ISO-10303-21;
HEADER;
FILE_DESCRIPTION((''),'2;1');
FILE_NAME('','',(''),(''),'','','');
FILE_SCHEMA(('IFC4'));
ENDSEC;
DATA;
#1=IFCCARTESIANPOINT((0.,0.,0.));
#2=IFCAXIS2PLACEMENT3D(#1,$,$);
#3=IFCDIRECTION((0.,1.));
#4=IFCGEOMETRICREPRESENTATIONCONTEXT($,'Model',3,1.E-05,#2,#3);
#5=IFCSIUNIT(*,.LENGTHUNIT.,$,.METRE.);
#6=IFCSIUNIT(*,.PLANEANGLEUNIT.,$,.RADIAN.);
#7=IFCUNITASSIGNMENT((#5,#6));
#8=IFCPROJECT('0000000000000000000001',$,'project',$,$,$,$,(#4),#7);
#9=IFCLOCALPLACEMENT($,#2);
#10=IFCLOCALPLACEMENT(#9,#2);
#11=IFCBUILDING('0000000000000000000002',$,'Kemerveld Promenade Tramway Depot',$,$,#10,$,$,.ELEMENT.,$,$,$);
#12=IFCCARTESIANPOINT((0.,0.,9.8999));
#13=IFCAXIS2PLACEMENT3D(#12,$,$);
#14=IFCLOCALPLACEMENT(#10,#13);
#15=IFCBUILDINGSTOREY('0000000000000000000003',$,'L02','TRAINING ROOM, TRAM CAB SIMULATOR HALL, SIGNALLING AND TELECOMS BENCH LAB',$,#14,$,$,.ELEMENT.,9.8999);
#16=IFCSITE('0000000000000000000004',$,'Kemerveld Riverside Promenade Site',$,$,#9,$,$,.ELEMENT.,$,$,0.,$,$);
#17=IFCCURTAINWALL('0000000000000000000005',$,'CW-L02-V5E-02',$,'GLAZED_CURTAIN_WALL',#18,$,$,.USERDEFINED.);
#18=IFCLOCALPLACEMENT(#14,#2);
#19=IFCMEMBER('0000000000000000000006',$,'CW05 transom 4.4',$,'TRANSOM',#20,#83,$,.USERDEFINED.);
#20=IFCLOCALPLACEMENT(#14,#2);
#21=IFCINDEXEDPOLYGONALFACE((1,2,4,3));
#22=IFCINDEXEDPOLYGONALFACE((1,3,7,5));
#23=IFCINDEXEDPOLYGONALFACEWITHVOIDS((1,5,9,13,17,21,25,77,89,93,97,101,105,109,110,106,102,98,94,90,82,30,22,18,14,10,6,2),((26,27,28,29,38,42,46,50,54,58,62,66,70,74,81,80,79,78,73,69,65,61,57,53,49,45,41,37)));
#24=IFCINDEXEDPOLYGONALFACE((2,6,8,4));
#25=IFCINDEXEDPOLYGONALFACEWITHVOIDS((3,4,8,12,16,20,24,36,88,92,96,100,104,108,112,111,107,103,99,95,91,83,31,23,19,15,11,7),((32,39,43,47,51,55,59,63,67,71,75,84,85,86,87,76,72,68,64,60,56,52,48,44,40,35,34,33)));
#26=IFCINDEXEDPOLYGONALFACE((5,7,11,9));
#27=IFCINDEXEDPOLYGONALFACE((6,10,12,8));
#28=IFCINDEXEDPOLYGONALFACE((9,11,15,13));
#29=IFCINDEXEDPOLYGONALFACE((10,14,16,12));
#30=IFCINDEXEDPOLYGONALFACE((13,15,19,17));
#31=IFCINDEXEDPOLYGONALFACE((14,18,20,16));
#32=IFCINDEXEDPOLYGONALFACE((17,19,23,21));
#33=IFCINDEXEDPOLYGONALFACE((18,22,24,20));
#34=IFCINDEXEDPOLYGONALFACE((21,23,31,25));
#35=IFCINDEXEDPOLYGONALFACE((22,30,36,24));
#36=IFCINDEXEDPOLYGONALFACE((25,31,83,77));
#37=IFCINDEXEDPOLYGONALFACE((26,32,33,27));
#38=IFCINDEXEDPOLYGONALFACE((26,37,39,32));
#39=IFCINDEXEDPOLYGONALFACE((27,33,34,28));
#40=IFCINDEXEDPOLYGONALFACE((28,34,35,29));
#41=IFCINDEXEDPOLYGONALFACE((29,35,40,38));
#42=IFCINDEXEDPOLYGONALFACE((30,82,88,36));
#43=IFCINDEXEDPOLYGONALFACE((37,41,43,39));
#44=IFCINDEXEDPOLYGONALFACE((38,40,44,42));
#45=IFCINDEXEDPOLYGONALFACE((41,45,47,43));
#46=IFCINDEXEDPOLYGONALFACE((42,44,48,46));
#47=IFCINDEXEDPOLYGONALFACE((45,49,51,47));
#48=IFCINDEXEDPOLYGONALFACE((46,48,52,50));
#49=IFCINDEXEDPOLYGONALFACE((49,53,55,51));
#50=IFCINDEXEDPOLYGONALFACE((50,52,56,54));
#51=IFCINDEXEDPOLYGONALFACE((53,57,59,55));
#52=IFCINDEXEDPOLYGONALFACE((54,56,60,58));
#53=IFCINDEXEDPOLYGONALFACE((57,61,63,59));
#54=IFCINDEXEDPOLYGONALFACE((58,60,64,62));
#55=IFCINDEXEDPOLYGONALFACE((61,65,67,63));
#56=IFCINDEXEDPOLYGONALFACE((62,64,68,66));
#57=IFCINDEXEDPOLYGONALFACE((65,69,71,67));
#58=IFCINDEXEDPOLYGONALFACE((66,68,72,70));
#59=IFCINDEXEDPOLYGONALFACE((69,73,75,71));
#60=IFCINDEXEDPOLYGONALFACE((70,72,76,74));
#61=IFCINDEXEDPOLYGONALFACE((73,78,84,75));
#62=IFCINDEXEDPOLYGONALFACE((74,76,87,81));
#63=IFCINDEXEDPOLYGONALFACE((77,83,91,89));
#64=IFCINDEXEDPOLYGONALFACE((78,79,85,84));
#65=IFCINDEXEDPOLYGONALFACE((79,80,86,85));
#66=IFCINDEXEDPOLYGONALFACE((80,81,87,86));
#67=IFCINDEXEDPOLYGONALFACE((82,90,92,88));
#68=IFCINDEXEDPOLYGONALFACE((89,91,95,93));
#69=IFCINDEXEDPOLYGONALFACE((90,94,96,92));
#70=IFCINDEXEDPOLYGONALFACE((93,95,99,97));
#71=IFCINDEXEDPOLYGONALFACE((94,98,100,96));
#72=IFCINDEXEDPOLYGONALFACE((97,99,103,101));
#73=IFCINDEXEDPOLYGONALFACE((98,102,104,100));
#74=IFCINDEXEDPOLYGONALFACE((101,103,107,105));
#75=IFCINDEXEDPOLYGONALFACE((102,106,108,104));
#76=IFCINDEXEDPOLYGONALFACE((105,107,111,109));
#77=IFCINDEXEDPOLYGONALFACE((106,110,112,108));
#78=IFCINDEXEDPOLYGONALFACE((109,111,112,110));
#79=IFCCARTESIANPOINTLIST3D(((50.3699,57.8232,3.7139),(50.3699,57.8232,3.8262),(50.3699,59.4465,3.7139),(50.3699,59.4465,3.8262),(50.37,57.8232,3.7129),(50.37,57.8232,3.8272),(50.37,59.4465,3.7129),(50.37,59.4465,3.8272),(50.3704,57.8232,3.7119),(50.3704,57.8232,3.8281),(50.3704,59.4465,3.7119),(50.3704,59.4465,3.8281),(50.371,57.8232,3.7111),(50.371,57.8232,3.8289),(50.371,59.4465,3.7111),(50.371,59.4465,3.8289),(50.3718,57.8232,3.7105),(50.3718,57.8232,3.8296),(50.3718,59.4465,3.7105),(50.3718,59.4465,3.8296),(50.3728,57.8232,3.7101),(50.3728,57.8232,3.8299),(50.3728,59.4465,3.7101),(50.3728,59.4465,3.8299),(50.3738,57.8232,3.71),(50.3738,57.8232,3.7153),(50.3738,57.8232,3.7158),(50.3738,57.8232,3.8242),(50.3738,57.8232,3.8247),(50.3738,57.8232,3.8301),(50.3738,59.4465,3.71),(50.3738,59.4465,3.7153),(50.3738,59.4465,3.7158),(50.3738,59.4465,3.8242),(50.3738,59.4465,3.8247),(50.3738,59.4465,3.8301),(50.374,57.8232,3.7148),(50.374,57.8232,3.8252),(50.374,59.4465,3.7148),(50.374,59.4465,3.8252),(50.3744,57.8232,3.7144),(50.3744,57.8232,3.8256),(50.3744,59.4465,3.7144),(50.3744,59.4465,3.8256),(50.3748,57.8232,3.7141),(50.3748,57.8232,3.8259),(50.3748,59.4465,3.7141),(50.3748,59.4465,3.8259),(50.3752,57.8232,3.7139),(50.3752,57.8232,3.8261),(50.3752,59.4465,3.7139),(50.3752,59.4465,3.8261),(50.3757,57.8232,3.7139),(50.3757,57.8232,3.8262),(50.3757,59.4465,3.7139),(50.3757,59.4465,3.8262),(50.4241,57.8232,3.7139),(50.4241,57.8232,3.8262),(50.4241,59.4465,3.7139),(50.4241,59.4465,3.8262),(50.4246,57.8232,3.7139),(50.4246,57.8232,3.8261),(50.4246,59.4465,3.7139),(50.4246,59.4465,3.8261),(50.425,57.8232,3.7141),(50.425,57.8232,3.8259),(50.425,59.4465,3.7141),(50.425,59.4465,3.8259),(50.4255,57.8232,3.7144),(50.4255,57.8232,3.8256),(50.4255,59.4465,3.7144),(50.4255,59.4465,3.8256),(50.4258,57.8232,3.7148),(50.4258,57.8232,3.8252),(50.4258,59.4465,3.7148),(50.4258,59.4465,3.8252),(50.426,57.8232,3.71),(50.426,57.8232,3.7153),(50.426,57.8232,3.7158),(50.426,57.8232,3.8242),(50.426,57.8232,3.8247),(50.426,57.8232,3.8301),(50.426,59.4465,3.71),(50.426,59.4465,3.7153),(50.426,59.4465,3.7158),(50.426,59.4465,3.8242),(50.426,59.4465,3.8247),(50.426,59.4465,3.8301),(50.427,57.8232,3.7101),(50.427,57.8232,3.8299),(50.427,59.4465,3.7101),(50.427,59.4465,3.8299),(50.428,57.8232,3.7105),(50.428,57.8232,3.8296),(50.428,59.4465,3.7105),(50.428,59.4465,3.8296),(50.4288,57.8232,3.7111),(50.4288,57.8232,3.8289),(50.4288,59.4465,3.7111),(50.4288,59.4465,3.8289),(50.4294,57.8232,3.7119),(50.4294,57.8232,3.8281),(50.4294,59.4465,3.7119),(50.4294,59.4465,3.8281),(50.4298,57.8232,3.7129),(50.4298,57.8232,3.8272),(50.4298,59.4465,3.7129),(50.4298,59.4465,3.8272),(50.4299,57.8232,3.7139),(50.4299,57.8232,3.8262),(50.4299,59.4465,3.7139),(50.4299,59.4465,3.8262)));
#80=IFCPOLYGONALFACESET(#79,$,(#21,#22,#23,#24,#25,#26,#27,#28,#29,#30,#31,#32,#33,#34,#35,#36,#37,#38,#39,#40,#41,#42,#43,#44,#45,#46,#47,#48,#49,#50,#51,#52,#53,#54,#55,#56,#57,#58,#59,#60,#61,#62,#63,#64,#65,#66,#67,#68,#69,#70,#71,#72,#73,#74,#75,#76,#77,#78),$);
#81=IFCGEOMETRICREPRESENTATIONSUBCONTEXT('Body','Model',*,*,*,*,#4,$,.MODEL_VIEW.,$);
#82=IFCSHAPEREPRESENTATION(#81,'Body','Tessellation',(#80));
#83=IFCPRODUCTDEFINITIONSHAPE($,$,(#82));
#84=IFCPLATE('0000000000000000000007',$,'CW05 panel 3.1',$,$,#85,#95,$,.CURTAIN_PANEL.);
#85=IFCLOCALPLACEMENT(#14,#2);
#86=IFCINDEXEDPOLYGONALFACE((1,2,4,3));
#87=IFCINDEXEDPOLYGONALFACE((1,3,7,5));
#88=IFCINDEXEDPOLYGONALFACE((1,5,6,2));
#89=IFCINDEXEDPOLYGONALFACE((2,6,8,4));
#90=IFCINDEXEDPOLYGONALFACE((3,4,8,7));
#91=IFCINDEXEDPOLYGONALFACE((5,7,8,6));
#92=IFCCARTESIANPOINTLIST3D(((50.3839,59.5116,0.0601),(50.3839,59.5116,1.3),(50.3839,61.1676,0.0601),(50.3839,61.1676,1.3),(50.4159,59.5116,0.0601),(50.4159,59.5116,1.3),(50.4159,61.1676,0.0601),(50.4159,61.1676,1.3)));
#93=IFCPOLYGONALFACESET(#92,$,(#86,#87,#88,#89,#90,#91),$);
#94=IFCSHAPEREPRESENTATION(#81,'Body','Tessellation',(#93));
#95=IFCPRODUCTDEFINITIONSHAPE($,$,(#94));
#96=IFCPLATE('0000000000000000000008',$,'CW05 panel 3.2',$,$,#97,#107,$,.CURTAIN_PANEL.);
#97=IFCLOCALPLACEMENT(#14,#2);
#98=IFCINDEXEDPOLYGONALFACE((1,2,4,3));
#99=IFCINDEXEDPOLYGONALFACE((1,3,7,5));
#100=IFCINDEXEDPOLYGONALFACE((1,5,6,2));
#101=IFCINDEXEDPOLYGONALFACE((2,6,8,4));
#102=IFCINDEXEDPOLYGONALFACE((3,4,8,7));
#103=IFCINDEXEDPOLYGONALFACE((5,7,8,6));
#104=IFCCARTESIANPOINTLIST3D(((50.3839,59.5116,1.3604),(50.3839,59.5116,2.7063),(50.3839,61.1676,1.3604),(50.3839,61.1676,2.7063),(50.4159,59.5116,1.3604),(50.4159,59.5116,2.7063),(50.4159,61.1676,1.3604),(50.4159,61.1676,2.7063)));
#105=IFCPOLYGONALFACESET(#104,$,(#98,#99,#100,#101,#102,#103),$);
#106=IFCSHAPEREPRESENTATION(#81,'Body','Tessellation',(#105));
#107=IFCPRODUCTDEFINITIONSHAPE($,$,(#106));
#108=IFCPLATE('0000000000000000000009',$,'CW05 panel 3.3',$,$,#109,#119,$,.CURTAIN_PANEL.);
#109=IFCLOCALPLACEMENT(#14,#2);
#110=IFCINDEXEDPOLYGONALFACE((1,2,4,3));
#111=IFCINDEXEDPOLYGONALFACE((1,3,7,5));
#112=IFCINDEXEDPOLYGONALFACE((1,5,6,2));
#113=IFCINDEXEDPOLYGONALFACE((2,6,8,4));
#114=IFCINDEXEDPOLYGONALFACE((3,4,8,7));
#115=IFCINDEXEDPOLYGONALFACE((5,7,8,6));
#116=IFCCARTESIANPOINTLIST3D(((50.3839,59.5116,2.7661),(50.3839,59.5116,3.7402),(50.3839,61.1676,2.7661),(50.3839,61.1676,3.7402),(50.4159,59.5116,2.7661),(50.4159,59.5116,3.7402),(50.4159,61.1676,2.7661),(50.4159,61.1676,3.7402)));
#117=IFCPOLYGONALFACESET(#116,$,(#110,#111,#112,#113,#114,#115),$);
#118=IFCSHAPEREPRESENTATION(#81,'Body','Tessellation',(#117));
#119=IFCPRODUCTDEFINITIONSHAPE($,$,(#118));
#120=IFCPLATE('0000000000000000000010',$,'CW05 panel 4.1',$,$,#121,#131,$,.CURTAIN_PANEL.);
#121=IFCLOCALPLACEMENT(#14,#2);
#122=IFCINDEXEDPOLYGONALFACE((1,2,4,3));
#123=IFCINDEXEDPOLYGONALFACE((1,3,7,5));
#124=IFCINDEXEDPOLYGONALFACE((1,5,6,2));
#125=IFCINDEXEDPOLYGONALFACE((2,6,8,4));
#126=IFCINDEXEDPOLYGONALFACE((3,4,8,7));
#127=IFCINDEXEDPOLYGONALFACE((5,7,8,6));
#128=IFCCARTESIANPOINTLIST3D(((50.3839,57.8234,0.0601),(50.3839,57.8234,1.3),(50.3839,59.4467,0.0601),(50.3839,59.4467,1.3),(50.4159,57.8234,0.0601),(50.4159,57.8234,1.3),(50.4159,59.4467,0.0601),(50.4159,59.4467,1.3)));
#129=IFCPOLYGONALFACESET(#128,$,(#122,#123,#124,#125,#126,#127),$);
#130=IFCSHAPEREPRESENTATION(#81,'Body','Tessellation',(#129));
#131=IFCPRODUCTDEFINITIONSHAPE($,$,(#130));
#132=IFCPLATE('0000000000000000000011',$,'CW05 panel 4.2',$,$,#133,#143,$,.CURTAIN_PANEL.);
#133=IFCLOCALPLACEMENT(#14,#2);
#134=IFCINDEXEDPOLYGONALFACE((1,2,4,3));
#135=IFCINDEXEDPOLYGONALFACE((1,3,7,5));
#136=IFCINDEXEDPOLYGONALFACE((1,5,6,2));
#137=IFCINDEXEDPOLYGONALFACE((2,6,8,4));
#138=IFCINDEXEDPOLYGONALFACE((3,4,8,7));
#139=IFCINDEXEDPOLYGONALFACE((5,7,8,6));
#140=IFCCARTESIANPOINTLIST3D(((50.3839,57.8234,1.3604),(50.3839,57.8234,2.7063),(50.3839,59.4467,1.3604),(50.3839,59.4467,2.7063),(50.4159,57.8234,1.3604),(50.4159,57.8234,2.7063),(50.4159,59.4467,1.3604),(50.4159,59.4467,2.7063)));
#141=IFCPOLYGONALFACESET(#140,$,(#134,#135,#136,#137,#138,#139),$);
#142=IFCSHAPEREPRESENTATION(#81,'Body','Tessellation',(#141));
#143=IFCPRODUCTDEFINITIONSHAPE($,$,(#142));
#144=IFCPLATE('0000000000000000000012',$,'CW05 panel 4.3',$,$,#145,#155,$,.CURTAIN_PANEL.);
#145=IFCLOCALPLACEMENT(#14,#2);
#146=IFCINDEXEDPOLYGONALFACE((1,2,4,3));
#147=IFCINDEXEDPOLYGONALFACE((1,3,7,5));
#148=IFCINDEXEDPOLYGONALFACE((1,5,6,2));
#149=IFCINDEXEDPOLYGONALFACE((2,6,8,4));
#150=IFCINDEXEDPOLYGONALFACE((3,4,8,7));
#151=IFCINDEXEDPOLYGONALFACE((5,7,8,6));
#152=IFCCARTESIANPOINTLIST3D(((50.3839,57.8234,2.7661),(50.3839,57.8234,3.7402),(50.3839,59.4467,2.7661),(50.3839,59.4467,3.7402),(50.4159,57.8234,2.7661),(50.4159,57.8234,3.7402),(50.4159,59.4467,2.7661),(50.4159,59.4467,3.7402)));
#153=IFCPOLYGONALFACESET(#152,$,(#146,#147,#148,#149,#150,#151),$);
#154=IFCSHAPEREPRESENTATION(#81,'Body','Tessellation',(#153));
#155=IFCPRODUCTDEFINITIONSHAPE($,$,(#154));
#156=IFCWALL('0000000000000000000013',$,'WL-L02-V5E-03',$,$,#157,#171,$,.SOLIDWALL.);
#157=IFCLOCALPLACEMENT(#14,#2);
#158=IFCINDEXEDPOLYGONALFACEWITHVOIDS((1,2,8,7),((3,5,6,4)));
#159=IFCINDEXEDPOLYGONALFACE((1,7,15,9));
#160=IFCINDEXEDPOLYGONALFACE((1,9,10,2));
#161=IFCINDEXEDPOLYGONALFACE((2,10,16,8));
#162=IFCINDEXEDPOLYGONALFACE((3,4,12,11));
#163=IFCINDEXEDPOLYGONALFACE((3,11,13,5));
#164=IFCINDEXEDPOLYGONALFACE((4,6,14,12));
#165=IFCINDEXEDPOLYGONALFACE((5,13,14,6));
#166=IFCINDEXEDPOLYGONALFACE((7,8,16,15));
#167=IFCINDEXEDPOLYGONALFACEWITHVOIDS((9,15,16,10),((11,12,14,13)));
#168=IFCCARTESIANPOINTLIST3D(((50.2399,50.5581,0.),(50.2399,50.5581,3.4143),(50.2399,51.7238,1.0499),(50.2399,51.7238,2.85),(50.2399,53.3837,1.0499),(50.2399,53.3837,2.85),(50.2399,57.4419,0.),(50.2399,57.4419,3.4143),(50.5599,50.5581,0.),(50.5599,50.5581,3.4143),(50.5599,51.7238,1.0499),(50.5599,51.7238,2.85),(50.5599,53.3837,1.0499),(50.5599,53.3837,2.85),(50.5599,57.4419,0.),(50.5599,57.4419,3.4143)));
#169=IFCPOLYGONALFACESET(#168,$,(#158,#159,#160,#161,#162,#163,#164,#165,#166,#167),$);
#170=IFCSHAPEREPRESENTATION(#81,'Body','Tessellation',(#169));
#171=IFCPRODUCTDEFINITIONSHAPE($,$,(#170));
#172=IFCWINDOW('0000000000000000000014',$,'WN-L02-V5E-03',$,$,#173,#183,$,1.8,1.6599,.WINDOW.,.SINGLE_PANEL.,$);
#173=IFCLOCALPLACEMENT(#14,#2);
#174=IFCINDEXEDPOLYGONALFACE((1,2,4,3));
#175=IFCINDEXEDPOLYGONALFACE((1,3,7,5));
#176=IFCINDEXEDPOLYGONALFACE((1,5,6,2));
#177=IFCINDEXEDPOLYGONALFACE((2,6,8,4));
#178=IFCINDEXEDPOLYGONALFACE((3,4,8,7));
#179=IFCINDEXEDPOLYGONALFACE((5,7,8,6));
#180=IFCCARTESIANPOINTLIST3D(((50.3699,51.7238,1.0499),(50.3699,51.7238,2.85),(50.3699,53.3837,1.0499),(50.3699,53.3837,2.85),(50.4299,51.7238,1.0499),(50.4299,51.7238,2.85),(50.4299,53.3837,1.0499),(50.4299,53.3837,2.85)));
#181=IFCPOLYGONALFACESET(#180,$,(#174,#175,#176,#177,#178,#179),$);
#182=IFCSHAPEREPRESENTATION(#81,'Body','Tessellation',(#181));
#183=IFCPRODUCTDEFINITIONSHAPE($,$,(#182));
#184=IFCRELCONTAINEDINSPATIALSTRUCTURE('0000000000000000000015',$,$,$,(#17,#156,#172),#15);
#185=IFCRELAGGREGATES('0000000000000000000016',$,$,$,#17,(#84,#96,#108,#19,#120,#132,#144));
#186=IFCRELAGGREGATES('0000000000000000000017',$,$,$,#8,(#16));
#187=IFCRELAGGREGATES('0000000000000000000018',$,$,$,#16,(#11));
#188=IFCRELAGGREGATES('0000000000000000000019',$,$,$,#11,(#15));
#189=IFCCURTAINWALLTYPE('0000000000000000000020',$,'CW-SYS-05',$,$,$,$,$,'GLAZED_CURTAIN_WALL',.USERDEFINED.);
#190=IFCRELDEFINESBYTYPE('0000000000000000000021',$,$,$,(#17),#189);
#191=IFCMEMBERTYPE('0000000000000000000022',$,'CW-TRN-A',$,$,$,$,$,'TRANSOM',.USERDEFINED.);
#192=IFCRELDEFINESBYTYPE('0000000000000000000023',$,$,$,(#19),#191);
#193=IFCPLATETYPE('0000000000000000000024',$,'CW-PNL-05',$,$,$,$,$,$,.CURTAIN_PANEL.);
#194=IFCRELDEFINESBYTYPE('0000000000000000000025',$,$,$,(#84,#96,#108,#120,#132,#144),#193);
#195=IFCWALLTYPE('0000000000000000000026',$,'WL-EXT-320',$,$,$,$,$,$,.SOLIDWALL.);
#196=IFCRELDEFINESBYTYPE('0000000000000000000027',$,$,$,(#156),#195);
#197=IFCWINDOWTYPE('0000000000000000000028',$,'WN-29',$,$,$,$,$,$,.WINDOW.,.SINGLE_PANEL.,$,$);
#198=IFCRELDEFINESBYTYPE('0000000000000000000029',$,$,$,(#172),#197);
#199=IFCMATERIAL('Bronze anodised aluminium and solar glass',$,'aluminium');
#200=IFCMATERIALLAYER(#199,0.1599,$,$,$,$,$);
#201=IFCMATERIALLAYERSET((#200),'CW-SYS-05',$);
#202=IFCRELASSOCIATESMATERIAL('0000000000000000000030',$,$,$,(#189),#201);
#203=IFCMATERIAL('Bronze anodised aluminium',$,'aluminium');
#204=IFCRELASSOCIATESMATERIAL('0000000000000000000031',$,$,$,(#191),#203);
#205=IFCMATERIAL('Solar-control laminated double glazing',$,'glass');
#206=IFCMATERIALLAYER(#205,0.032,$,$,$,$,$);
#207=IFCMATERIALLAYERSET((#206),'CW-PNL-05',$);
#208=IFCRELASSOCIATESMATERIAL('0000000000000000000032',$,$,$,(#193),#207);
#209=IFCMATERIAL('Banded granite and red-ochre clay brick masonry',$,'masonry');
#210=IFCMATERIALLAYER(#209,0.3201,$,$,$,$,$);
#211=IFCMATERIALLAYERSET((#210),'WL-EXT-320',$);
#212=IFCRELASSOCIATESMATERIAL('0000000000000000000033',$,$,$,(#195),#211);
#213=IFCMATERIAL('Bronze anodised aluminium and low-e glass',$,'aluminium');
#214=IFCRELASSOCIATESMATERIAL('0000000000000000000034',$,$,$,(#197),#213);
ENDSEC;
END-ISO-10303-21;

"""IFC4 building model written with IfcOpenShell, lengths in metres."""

from ifc_helpers import new_model, si_unit, direction, frame, frame_2d, origin, origin_2d, place, context, subcontext, project, spatial, rectangle, hollow_rectangle, extrude, material, layer, layer_set, material_profile, profile_set, type_object, element, fill, aggregate, save


model = new_model("IFC4")

# Units and contexts
model_context = context("Model", 3, precision=1e-05, world=origin(), true_north=direction((0.0, 1.0)))
body_context = subcontext(model_context, "Body", "Model", "MODEL_VIEW")
ifc_project = project(units=[si_unit("LENGTHUNIT", "METRE"), si_unit("PLANEANGLEUNIT", "RADIAN")], contexts=[model_context])

# Site, building, storey
site_placement = place(None, origin())
site = spatial("IfcSite", under=ifc_project, at=site_placement, Name="Kemerveld Riverside Promenade Site", CompositionType="ELEMENT", RefElevation=0.0)
building_placement = place(site_placement, origin())
building = spatial("IfcBuilding", under=site, at=building_placement, Name="Kemerveld Promenade Tramway Depot", CompositionType="ELEMENT")
storey_placement = place(building_placement, frame((0.0, 0.0, 9.8999)))
storey = spatial("IfcBuildingStorey", under=building, at=storey_placement, Name="L02", Description="TRAINING ROOM, TRAM CAB SIMULATOR HALL, SIGNALLING AND TELECOMS BENCH LAB", CompositionType="ELEMENT", Elevation=9.8999)

# Curtain wall, member, plates
ifc_material_1 = material(Name="Bronze anodised aluminium and solar glass", Category="aluminium")
ifc_layer_1 = layer(ifc_material_1, 0.1599)
ifc_layer_set_1 = layer_set([ifc_layer_1], Name="CW-SYS-05")
curtain_wall_type = type_object("IfcCurtainWallType", Name="CW-SYS-05", ElementType="GLAZED_CURTAIN_WALL", PredefinedType="USERDEFINED", material=ifc_layer_set_1)
curtain_wall_placement = place(storey_placement, origin())
curtain_wall = element("IfcCurtainWall", 1, at=curtain_wall_placement, inside=storey, type_object=curtain_wall_type, Name="CW-L02-V5E-02", ObjectType="GLAZED_CURTAIN_WALL", PredefinedType="USERDEFINED")
ifc_material_2 = material(Name="Bronze anodised aluminium", Category="aluminium")
ifc_material_profile_1 = material_profile(ifc_material_2, hollow_rectangle(XDim=0.0601, YDim=0.1201, WallThickness=0.0039, InnerFilletRadius=0.002, OuterFilletRadius=0.0039, at=origin_2d()), Name="CW-TRN-120x60")
ifc_profile_set_1 = profile_set([ifc_material_profile_1], Name="Bronze anodised aluminium")
member_type_1 = type_object("IfcMemberType", Name="CW-TRN-A", ElementType="TRANSOM", PredefinedType="USERDEFINED", material=ifc_profile_set_1)
member_1_placement = place(storey_placement, frame((50.3999, 59.4465, 3.77), z_axis=(0.0, -1.0, 0.0), x_axis=(1.0, 0.0, 0.0)))
member_1 = element("IfcMember", 2, at=member_1_placement, type_object=member_type_1, Name="CW05 transom 4.4", ObjectType="TRANSOM", PredefinedType="USERDEFINED", context=body_context, shape_type="SweptSolid", body=[
    extrude(hollow_rectangle(XDim=0.0601, YDim=0.1201, WallThickness=0.0039, InnerFilletRadius=0.002, OuterFilletRadius=0.0039, at=origin_2d()), origin(), (0.0, 0.0, 1.0), 1.6233),
])
ifc_material_3 = material(Name="Solar-control laminated double glazing", Category="glass")
ifc_layer_2 = layer(ifc_material_3, 0.032)
ifc_layer_set_2 = layer_set([ifc_layer_2], Name="CW-PNL-05")
plate_type = type_object("IfcPlateType", Name="CW-PNL-05", PredefinedType="CURTAIN_PANEL", material=ifc_layer_set_2)
plate_1_placement = place(storey_placement, frame((50.3999, 60.3396, 0.0601), z_axis=(0.0, 0.0, 1.0), x_axis=(0.0, -1.0, 0.0)))
plate_1 = element("IfcPlate", 3, at=plate_1_placement, type_object=plate_type, Name="CW05 panel 3.1", PredefinedType="CURTAIN_PANEL", context=body_context, shape_type="SweptSolid", body=[
    extrude(rectangle(XDim=1.656, YDim=0.032, at=origin_2d()), origin(), (0.0, 0.0, 1.0), 1.24),
])
plate_2_placement = place(storey_placement, frame((50.3999, 60.3396, 1.3604), z_axis=(0.0, 0.0, 1.0), x_axis=(0.0, -1.0, 0.0)))
plate_2 = element("IfcPlate", 4, at=plate_2_placement, type_object=plate_type, Name="CW05 panel 3.2", PredefinedType="CURTAIN_PANEL", context=body_context, shape_type="SweptSolid", body=[
    extrude(rectangle(XDim=1.656, YDim=0.032, at=origin_2d()), origin(), (0.0, 0.0, 1.0), 1.3459),
])
plate_3_placement = place(storey_placement, frame((50.3999, 60.3396, 2.7661), z_axis=(0.0, 0.0, 1.0), x_axis=(0.0, -1.0, 0.0)))
plate_3 = element("IfcPlate", 5, at=plate_3_placement, type_object=plate_type, Name="CW05 panel 3.3", PredefinedType="CURTAIN_PANEL", context=body_context, shape_type="SweptSolid", body=[
    extrude(rectangle(XDim=1.656, YDim=0.032, at=origin_2d()), origin(), (0.0, 0.0, 1.0), 0.9741),
])
plate_4_placement = place(storey_placement, frame((50.3999, 58.635, 0.0601), z_axis=(0.0, 0.0, 1.0), x_axis=(0.0, -1.0, 0.0)))
plate_4 = element("IfcPlate", 6, at=plate_4_placement, type_object=plate_type, Name="CW05 panel 4.1", PredefinedType="CURTAIN_PANEL", context=body_context, shape_type="SweptSolid", body=[
    extrude(rectangle(XDim=1.6233, YDim=0.032, at=origin_2d()), origin(), (0.0, 0.0, 1.0), 1.24),
])
plate_5_placement = place(storey_placement, frame((50.3999, 58.635, 1.3604), z_axis=(0.0, 0.0, 1.0), x_axis=(0.0, -1.0, 0.0)))
plate_5 = element("IfcPlate", 7, at=plate_5_placement, type_object=plate_type, Name="CW05 panel 4.2", PredefinedType="CURTAIN_PANEL", context=body_context, shape_type="SweptSolid", body=[
    extrude(rectangle(XDim=1.6233, YDim=0.032, at=origin_2d()), origin(), (0.0, 0.0, 1.0), 1.3459),
])
plate_6_placement = place(storey_placement, frame((50.3999, 58.635, 2.7661), z_axis=(0.0, 0.0, 1.0), x_axis=(0.0, -1.0, 0.0)))
plate_6 = element("IfcPlate", 8, at=plate_6_placement, type_object=plate_type, Name="CW05 panel 4.3", PredefinedType="CURTAIN_PANEL", context=body_context, shape_type="SweptSolid", body=[
    extrude(rectangle(XDim=1.6233, YDim=0.032, at=origin_2d()), origin(), (0.0, 0.0, 1.0), 0.9741),
])
aggregate(curtain_wall, [plate_1, plate_2, plate_3, member_1, plate_4, plate_5, plate_6])

# Wall, opening, window
ifc_material_4 = material(Name="Banded granite and red-ochre clay brick masonry", Category="masonry")
ifc_layer_3 = layer(ifc_material_4, 0.3201)
ifc_layer_set_3 = layer_set([ifc_layer_3], Name="WL-EXT-320")
wall_type_1 = type_object("IfcWallType", Name="WL-EXT-320", PredefinedType="SOLIDWALL", material=ifc_layer_set_3)
wall_1_placement = place(storey_placement, frame((50.3999, 57.4419, 0.0), z_axis=(0.0, 0.0, 1.0), x_axis=(0.0, -1.0, 0.0)))
wall_1 = element("IfcWall", 9, at=wall_1_placement, inside=storey, type_object=wall_type_1, Name="WL-L02-V5E-03", PredefinedType="SOLIDWALL", context=body_context, shape_type="SweptSolid", body=[
    extrude(rectangle(XDim=6.8838, YDim=0.3201, at=frame_2d((3.4419, 0.0))), origin(), (0.0, 0.0, 1.0), 3.4143),
])
opening_1_placement = place(wall_1_placement, frame((4.0581, 0.0, 1.05)))
opening_1 = element("IfcOpeningElement", 10, at=opening_1_placement, cuts=wall_1, PredefinedType="OPENING", context=body_context, shape_type="SweptSolid", body=[
    extrude(rectangle(XDim=1.6599, YDim=1.8, at=frame_2d((0.8301, 0.8999))), frame((0.0, 0.1699, 0.0), z_axis=(0.0, -1.0, 0.0), x_axis=(1.0, 0.0, 0.0)), (0.0, 0.0, 1.0), 0.3401),
])
ifc_material_5 = material(Name="Bronze anodised aluminium and low-e glass", Category="aluminium")
window_type = type_object("IfcWindowType", Name="WN-29", PartitioningType="SINGLE_PANEL", PredefinedType="WINDOW", material=ifc_material_5)
window_placement = place(opening_1_placement, origin())
window = element("IfcWindow", 11, at=window_placement, inside=storey, type_object=window_type, Name="WN-L02-V5E-03", OverallHeight=1.8, OverallWidth=1.6599, PartitioningType="SINGLE_PANEL", PredefinedType="WINDOW", context=body_context, shape_type="SweptSolid", body=[
    extrude(rectangle(XDim=1.6599, YDim=1.8, at=frame_2d((0.8301, 0.8999))), frame((0.0, 0.03, 0.0), z_axis=(0.0, -1.0, 0.0), x_axis=(1.0, 0.0, 0.0)), (0.0, 0.0, 1.0), 0.0601),
])
fill(opening_1, window)

save(model, "model.ifc")
